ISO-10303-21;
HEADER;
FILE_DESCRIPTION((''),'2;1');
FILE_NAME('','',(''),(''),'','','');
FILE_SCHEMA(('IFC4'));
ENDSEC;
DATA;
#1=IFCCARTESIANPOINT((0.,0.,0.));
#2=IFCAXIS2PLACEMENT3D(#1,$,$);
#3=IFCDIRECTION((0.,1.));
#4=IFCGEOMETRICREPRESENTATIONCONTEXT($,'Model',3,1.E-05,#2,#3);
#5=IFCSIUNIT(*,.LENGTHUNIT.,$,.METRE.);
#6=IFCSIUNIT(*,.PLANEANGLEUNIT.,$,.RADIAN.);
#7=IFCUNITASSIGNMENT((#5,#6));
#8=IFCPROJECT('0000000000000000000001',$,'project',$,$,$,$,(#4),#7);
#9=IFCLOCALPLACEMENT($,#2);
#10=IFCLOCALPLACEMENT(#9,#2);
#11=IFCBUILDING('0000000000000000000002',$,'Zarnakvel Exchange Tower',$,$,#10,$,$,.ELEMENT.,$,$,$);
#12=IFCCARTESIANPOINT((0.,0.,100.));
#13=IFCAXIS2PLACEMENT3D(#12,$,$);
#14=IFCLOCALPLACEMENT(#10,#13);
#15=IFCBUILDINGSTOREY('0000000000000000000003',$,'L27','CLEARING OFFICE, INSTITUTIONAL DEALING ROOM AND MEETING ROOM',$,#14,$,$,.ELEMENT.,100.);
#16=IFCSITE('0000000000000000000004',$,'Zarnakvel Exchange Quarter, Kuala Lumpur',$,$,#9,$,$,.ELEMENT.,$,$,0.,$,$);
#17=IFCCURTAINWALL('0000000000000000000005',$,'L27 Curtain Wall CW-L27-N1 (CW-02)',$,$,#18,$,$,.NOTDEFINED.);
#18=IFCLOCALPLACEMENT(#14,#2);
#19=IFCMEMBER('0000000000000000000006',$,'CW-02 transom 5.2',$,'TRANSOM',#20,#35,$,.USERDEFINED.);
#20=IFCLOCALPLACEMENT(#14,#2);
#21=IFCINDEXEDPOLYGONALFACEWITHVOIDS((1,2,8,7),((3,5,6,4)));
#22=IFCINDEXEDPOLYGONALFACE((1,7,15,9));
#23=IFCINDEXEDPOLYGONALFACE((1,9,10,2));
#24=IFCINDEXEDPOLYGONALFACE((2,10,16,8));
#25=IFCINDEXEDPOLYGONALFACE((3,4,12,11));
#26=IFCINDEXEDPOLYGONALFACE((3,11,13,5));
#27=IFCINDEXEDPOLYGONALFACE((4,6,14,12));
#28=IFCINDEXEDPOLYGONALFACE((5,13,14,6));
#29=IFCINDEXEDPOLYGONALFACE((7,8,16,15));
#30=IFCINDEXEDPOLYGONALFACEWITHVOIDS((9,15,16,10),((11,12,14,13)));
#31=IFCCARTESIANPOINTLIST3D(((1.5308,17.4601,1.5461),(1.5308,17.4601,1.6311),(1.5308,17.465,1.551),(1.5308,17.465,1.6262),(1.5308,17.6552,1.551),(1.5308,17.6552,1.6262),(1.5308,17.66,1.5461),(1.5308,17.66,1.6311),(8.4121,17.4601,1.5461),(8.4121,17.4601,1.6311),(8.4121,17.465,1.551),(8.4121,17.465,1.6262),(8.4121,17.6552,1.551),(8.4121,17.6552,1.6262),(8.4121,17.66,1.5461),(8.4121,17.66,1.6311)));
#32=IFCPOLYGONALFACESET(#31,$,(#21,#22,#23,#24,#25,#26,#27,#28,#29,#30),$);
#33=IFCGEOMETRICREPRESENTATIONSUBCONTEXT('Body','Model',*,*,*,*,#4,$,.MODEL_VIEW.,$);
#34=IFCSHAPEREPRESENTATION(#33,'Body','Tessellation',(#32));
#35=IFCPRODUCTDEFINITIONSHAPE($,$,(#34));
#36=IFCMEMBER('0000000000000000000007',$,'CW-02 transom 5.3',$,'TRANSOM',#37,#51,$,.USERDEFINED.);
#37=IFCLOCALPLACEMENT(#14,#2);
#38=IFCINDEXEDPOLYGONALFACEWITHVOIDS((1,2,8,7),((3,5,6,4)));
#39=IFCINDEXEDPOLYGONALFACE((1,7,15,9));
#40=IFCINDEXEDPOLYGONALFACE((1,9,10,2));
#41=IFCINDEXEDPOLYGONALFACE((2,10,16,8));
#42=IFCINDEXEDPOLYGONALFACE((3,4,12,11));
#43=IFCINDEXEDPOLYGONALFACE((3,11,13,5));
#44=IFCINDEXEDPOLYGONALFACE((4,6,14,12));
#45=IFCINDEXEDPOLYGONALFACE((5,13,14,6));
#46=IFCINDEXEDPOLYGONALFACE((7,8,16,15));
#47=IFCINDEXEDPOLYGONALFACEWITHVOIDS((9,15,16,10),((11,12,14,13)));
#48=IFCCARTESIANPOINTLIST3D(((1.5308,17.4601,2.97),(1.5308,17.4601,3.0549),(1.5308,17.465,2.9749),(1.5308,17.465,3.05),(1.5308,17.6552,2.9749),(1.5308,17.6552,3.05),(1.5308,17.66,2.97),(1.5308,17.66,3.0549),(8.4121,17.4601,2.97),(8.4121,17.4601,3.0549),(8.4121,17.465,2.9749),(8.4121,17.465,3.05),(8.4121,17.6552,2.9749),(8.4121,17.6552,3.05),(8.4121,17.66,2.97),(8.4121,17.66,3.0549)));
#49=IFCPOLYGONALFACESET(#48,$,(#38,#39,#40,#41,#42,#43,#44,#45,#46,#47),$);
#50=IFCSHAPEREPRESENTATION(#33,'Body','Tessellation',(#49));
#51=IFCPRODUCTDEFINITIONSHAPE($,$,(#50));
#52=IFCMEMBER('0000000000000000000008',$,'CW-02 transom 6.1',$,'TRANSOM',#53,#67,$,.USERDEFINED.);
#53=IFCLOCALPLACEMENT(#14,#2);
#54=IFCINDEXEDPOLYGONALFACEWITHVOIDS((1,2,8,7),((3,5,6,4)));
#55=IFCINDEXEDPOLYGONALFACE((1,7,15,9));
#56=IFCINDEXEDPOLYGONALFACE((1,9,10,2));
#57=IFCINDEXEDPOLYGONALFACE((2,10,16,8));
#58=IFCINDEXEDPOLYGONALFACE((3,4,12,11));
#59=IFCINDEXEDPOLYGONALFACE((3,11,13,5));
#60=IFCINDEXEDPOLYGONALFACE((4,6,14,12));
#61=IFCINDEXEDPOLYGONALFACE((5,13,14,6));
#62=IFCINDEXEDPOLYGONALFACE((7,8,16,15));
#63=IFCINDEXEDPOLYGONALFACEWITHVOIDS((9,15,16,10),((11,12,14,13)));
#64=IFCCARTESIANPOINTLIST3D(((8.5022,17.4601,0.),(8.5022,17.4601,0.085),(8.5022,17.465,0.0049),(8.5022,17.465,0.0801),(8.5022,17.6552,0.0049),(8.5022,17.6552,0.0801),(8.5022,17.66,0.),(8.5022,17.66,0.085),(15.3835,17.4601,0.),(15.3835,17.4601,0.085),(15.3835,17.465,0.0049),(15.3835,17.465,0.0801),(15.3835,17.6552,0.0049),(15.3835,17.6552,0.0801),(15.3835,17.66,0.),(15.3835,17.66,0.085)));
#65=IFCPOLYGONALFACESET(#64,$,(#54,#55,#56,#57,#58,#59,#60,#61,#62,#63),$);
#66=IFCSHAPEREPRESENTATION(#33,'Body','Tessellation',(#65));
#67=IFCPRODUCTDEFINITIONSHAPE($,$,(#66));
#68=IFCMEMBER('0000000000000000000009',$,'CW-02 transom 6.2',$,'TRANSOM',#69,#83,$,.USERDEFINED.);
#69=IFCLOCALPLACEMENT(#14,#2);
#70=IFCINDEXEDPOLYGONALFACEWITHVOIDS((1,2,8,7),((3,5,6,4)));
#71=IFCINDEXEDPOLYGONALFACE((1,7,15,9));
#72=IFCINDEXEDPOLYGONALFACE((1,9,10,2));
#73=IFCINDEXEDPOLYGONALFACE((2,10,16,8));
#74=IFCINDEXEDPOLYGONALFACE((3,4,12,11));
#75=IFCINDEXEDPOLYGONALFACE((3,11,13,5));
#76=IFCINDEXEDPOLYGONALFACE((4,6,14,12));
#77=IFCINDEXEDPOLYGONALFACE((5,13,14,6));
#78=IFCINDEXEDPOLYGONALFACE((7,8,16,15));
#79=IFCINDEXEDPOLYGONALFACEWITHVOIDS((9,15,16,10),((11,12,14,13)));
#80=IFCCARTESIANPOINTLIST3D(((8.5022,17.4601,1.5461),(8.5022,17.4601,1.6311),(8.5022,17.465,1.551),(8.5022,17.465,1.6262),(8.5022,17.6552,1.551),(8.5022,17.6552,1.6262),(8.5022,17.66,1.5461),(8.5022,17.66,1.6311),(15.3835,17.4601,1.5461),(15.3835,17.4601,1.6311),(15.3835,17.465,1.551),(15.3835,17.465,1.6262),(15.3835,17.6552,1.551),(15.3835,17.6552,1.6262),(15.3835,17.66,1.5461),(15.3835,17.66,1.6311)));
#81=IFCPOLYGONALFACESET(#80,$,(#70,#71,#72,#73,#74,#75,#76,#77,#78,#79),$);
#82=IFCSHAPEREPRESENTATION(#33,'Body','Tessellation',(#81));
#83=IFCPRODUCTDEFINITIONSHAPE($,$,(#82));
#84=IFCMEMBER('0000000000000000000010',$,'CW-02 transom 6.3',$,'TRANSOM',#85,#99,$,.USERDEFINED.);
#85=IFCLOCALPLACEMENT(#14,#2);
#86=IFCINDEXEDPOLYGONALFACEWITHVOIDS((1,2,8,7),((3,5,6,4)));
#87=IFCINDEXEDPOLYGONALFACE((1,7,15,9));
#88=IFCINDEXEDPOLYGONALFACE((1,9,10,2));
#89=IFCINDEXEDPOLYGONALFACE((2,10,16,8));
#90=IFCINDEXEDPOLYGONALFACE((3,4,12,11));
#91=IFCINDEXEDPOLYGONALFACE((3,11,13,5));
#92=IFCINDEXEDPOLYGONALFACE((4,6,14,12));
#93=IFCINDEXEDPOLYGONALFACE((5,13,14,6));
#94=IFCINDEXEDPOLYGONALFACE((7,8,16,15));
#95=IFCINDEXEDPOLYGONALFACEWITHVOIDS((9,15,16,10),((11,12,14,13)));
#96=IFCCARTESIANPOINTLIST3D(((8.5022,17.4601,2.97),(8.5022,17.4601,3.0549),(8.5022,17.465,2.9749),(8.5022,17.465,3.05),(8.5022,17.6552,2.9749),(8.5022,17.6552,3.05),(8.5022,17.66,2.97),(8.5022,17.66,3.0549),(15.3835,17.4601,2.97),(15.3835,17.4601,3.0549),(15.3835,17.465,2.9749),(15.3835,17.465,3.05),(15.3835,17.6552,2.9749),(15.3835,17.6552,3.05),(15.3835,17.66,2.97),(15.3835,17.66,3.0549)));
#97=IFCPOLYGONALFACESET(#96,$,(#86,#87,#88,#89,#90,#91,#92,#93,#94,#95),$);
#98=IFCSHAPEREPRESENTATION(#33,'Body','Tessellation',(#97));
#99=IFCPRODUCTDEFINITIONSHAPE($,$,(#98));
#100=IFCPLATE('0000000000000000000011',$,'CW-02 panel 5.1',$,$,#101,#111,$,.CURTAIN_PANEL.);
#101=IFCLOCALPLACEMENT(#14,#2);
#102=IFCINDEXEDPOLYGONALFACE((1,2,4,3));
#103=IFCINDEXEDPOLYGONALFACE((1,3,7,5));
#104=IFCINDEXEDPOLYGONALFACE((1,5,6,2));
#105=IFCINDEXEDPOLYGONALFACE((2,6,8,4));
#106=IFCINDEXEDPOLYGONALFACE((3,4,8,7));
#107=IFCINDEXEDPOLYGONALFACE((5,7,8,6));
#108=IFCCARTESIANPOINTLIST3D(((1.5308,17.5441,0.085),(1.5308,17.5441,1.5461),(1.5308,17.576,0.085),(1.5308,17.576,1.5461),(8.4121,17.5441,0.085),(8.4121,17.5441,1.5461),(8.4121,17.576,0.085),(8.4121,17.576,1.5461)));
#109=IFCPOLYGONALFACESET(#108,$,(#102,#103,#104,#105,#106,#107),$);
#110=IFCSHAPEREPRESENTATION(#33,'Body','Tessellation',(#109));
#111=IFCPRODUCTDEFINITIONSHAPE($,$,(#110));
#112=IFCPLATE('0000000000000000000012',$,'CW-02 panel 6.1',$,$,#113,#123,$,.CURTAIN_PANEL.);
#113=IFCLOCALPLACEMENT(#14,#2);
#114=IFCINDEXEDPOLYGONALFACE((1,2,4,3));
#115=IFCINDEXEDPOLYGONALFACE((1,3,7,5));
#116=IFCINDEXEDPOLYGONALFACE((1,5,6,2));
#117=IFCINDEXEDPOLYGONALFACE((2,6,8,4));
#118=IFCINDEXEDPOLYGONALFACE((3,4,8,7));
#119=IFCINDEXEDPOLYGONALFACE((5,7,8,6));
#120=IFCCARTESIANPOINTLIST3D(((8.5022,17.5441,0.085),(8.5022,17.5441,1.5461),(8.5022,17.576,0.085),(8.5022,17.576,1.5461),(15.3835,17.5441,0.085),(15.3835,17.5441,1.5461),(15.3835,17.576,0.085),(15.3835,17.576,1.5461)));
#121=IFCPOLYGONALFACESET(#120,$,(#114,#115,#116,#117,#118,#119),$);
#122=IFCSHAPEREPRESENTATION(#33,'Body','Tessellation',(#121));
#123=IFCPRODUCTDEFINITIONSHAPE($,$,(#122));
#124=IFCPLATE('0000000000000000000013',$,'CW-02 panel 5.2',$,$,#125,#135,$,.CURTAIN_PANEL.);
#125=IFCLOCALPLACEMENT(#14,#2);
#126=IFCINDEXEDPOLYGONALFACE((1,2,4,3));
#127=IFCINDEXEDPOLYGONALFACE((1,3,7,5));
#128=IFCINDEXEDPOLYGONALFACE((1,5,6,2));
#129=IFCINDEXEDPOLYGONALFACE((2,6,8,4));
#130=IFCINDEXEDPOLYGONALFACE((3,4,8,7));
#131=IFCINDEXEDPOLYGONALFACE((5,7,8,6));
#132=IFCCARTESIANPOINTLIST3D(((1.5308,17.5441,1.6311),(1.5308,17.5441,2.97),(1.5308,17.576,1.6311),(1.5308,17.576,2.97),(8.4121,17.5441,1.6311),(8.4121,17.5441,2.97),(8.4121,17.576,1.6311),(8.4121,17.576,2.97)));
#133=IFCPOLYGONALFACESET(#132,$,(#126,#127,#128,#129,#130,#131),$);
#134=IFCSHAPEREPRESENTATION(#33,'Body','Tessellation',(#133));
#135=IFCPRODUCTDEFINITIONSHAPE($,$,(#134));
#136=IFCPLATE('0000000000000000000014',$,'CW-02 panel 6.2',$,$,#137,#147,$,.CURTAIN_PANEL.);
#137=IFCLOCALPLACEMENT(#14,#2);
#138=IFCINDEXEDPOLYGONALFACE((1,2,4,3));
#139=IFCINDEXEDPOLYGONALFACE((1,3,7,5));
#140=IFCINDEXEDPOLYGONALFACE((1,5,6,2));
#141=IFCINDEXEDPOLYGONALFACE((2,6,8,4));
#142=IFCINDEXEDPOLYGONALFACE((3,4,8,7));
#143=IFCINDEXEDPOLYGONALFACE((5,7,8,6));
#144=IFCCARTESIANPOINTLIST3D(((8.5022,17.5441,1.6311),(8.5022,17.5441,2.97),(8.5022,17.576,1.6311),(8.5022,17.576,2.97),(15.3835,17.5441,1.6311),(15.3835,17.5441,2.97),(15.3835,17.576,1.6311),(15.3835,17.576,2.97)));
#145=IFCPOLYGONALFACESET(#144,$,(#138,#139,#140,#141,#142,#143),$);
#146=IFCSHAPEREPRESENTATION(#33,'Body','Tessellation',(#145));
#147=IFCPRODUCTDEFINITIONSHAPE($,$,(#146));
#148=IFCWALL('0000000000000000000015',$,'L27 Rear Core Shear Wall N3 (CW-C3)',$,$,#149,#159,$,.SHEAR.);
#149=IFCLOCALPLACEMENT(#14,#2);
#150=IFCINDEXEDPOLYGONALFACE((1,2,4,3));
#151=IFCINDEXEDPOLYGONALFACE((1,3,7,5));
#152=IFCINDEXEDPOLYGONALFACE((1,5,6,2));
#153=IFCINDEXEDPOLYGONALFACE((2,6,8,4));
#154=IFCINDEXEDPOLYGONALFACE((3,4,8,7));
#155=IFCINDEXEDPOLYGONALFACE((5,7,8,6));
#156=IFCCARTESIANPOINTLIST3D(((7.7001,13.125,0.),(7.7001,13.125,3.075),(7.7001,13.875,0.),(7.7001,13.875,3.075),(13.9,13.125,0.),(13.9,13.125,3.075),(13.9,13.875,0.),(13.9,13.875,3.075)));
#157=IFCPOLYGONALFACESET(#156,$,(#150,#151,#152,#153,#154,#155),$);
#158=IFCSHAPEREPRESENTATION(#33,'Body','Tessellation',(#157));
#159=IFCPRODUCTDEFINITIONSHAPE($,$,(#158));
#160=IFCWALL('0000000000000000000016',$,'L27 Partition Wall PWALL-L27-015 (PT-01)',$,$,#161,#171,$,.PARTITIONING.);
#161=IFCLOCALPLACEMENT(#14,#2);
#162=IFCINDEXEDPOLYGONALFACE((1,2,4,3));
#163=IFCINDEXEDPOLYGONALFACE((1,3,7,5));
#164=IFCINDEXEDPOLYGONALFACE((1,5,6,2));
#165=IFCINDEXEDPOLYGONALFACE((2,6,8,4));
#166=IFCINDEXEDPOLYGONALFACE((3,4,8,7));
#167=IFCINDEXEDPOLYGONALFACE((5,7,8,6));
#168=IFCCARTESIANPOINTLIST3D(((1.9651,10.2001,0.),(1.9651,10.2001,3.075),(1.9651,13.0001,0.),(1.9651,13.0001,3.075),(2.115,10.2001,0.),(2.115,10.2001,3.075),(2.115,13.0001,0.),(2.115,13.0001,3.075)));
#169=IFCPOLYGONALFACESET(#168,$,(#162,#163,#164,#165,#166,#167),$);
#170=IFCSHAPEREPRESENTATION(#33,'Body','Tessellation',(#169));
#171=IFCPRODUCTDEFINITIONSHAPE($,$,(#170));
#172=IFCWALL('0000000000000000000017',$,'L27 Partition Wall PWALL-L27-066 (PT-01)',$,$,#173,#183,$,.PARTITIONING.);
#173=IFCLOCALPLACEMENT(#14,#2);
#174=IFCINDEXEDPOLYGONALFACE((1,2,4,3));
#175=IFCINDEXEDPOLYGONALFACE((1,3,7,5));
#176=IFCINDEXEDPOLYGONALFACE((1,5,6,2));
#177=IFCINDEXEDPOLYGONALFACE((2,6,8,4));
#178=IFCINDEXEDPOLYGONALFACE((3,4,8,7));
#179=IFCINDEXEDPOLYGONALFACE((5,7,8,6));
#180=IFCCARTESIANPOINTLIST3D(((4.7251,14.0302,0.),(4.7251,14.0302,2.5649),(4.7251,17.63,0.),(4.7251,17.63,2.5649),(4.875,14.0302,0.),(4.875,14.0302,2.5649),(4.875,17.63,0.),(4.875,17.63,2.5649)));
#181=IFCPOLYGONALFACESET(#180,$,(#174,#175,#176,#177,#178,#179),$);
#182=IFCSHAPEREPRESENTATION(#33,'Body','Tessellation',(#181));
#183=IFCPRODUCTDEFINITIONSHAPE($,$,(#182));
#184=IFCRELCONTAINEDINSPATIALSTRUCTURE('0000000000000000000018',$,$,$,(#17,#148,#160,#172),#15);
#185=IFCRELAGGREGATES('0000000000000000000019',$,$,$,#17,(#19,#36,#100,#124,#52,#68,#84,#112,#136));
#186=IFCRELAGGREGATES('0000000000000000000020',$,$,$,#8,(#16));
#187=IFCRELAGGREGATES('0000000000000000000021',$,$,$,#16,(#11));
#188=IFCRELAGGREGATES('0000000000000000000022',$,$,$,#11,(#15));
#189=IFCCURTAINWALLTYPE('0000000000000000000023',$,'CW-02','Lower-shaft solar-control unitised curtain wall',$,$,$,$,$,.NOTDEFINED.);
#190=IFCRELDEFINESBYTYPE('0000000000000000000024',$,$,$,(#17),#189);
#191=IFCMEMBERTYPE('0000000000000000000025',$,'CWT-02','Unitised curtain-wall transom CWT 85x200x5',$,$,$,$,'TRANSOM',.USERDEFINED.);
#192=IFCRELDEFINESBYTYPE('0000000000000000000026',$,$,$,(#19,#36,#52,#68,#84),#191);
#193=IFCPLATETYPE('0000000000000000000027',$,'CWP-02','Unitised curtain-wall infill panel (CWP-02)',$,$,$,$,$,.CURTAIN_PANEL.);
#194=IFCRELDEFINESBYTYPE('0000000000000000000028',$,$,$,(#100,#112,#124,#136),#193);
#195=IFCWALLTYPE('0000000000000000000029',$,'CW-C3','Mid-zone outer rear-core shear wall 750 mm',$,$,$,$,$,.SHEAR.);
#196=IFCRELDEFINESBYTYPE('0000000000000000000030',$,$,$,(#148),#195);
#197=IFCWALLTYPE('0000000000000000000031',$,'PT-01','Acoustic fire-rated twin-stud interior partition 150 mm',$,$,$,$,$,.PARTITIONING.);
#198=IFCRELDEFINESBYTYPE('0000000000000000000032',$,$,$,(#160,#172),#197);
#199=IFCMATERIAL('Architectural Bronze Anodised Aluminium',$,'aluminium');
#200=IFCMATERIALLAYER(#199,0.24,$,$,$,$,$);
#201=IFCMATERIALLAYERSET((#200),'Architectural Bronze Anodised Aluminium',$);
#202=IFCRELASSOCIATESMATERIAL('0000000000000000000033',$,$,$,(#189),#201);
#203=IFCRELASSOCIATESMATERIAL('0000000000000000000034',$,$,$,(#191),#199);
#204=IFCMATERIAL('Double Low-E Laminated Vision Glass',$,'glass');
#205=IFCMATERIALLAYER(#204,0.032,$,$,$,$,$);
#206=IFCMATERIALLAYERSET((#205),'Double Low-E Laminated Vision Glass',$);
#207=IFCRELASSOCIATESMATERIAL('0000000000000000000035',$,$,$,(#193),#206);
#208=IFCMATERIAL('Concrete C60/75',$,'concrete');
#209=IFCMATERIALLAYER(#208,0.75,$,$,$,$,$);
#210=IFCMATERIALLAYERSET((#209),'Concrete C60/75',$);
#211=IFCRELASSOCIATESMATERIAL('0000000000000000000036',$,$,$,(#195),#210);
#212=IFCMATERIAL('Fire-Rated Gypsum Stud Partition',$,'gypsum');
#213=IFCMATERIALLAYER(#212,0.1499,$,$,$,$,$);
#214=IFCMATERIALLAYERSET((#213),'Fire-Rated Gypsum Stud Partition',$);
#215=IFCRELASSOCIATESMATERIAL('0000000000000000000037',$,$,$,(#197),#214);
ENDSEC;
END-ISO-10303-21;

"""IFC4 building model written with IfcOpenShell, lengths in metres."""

from ifc_helpers import new_model, si_unit, direction, frame, frame_2d, origin, origin_2d, place, context, subcontext, project, spatial, rectangle, hollow_rectangle, extrude, source, transform, mapped, material, layer, layer_set, material_profile, profile_set, type_object, element, aggregate, save


model = new_model("IFC4")

# Units and contexts
model_context = context("Model", 3, precision=1e-05, world=origin(), true_north=direction((0.0, 1.0)))
body_context = subcontext(model_context, "Body", "Model", "MODEL_VIEW")
ifc_project = project(units=[si_unit("LENGTHUNIT", "METRE"), si_unit("PLANEANGLEUNIT", "RADIAN")], contexts=[model_context])

# Site, building, storey
site_placement = place(None, origin())
site = spatial("IfcSite", under=ifc_project, at=site_placement, Name="Zarnakvel Exchange Quarter, Kuala Lumpur", CompositionType="ELEMENT", RefElevation=0.0)
building_placement = place(site_placement, origin())
building = spatial("IfcBuilding", under=site, at=building_placement, Name="Zarnakvel Exchange Tower", CompositionType="ELEMENT")
storey_placement = place(building_placement, frame((0.0, 0.0, 100.0)))
storey = spatial("IfcBuildingStorey", under=building, at=storey_placement, Name="L27", Description="CLEARING OFFICE, INSTITUTIONAL DEALING ROOM AND MEETING ROOM", CompositionType="ELEMENT", Elevation=100.0)

# Shared definitions
ifc_material_1 = material(Name="Concrete C60/75", Category="concrete")

# Curtain wall, members, plates
ifc_material_2 = material(Name="Architectural Bronze Anodised Aluminium", Category="aluminium")
ifc_layer_1 = layer(ifc_material_2, 0.24)
ifc_layer_set_1 = layer_set([ifc_layer_1], Name="Architectural Bronze Anodised Aluminium")
curtain_wall_type = type_object("IfcCurtainWallType", Name="CW-02", Description="Lower-shaft solar-control unitised curtain wall", PredefinedType="NOTDEFINED", material=ifc_layer_set_1)
curtain_wall_placement = place(storey_placement, origin())
curtain_wall = element("IfcCurtainWall", 1, at=curtain_wall_placement, inside=storey, type_object=curtain_wall_type, Name="L27 Curtain Wall CW-L27-N1 (CW-02)", PredefinedType="NOTDEFINED")
ifc_material_profile_1 = material_profile(ifc_material_2, hollow_rectangle(XDim=0.2, YDim=0.085, WallThickness=0.0049, at=origin_2d()))
ifc_profile_set_1 = profile_set([ifc_material_profile_1], Name="Architectural Bronze Anodised Aluminium")
member_type_1 = type_object("IfcMemberType", Name="CWT-02", Description="Unitised curtain-wall transom CWT 85x200x5", ElementType="TRANSOM", PredefinedType="USERDEFINED", material=ifc_profile_set_1)
shared_shape_1 = source(origin(), body_context, "Body", "SweptSolid", [
    extrude(hollow_rectangle(XDim=0.2, YDim=0.085, WallThickness=0.0049, at=origin_2d()), origin(), (0.0, 0.0, 1.0), 6.8813),
])
member_1_placement = place(storey_placement, frame((1.5308, 17.5601, 1.5886), z_axis=(1.0, 0.0, 0.0), x_axis=(0.0, 1.0, 0.0)))
member_1 = element("IfcMember", 2, at=member_1_placement, type_object=member_type_1, Name="CW-02 transom 5.2", ObjectType="TRANSOM", PredefinedType="USERDEFINED", context=body_context, shape_type="MappedRepresentation", body=[
    mapped(shared_shape_1, transform((0.0, 0.0, 0.0), x_axis=(1.0, 0.0, 0.0), y_axis=(0.0, 1.0, 0.0), z_axis=(0.0, 0.0, 1.0), scale=1.0)),
])
member_2_placement = place(storey_placement, frame((1.5308, 17.5601, 3.0125), z_axis=(1.0, 0.0, 0.0), x_axis=(0.0, 1.0, 0.0)))
member_2 = element("IfcMember", 3, at=member_2_placement, type_object=member_type_1, Name="CW-02 transom 5.3", ObjectType="TRANSOM", PredefinedType="USERDEFINED", context=body_context, shape_type="MappedRepresentation", body=[
    mapped(shared_shape_1, transform((0.0, 0.0, 0.0), x_axis=(1.0, 0.0, 0.0), y_axis=(0.0, 1.0, 0.0), z_axis=(0.0, 0.0, 1.0), scale=1.0)),
])
member_3_placement = place(storey_placement, frame((8.5022, 17.5601, 0.0425), z_axis=(1.0, 0.0, 0.0), x_axis=(0.0, 1.0, 0.0)))
member_3 = element("IfcMember", 4, at=member_3_placement, type_object=member_type_1, Name="CW-02 transom 6.1", ObjectType="TRANSOM", PredefinedType="USERDEFINED", context=body_context, shape_type="MappedRepresentation", body=[
    mapped(shared_shape_1, transform((0.0, 0.0, 0.0), x_axis=(1.0, 0.0, 0.0), y_axis=(0.0, 1.0, 0.0), z_axis=(0.0, 0.0, 1.0), scale=1.0)),
])
member_4_placement = place(storey_placement, frame((8.5022, 17.5601, 1.5886), z_axis=(1.0, 0.0, 0.0), x_axis=(0.0, 1.0, 0.0)))
member_4 = element("IfcMember", 5, at=member_4_placement, type_object=member_type_1, Name="CW-02 transom 6.2", ObjectType="TRANSOM", PredefinedType="USERDEFINED", context=body_context, shape_type="MappedRepresentation", body=[
    mapped(shared_shape_1, transform((0.0, 0.0, 0.0), x_axis=(1.0, 0.0, 0.0), y_axis=(0.0, 1.0, 0.0), z_axis=(0.0, 0.0, 1.0), scale=1.0)),
])
member_5_placement = place(storey_placement, frame((8.5022, 17.5601, 3.0125), z_axis=(1.0, 0.0, 0.0), x_axis=(0.0, 1.0, 0.0)))
member_5 = element("IfcMember", 6, at=member_5_placement, type_object=member_type_1, Name="CW-02 transom 6.3", ObjectType="TRANSOM", PredefinedType="USERDEFINED", context=body_context, shape_type="MappedRepresentation", body=[
    mapped(shared_shape_1, transform((0.0, 0.0, 0.0), x_axis=(1.0, 0.0, 0.0), y_axis=(0.0, 1.0, 0.0), z_axis=(0.0, 0.0, 1.0), scale=1.0)),
])
ifc_material_3 = material(Name="Double Low-E Laminated Vision Glass", Category="glass")
ifc_layer_2 = layer(ifc_material_3, 0.032)
ifc_layer_set_2 = layer_set([ifc_layer_2], Name="Double Low-E Laminated Vision Glass")
plate_type = type_object("IfcPlateType", Name="CWP-02", Description="Unitised curtain-wall infill panel (CWP-02)", PredefinedType="CURTAIN_PANEL", material=ifc_layer_set_2)
shared_shape_2 = source(origin(), body_context, "Body", "SweptSolid", [
    extrude(rectangle(XDim=6.8813, YDim=0.032, at=origin_2d()), origin(), (0.0, 0.0, 1.0), 1.4612),
])
plate_1_placement = place(storey_placement, frame((4.9714, 17.5601, 0.085), z_axis=(0.0, 0.0, 1.0), x_axis=(1.0, 0.0, 0.0)))
plate_1 = element("IfcPlate", 7, at=plate_1_placement, type_object=plate_type, Name="CW-02 panel 5.1", PredefinedType="CURTAIN_PANEL", context=body_context, shape_type="MappedRepresentation", body=[
    mapped(shared_shape_2, transform((0.0, 0.0, 0.0), x_axis=(1.0, 0.0, 0.0), y_axis=(0.0, 1.0, 0.0), z_axis=(0.0, 0.0, 1.0), scale=1.0)),
])
plate_2_placement = place(storey_placement, frame((11.9429, 17.5601, 0.085), z_axis=(0.0, 0.0, 1.0), x_axis=(1.0, 0.0, 0.0)))
plate_2 = element("IfcPlate", 8, at=plate_2_placement, type_object=plate_type, Name="CW-02 panel 6.1", PredefinedType="CURTAIN_PANEL", context=body_context, shape_type="MappedRepresentation", body=[
    mapped(shared_shape_2, transform((0.0, 0.0, 0.0), x_axis=(1.0, 0.0, 0.0), y_axis=(0.0, 1.0, 0.0), z_axis=(0.0, 0.0, 1.0), scale=1.0)),
])
shared_shape_3 = source(origin(), body_context, "Body", "SweptSolid", [
    extrude(rectangle(XDim=6.8813, YDim=0.032, at=origin_2d()), origin(), (0.0, 0.0, 1.0), 1.3389),
])
plate_3_placement = place(storey_placement, frame((4.9714, 17.5601, 1.6311), z_axis=(0.0, 0.0, 1.0), x_axis=(1.0, 0.0, 0.0)))
plate_3 = element("IfcPlate", 9, at=plate_3_placement, type_object=plate_type, Name="CW-02 panel 5.2", PredefinedType="CURTAIN_PANEL", context=body_context, shape_type="MappedRepresentation", body=[
    mapped(shared_shape_3, transform((0.0, 0.0, 0.0), x_axis=(1.0, 0.0, 0.0), y_axis=(0.0, 1.0, 0.0), z_axis=(0.0, 0.0, 1.0), scale=1.0)),
])
plate_4_placement = place(storey_placement, frame((11.9429, 17.5601, 1.6311), z_axis=(0.0, 0.0, 1.0), x_axis=(1.0, 0.0, 0.0)))
plate_4 = element("IfcPlate", 10, at=plate_4_placement, type_object=plate_type, Name="CW-02 panel 6.2", PredefinedType="CURTAIN_PANEL", context=body_context, shape_type="MappedRepresentation", body=[
    mapped(shared_shape_3, transform((0.0, 0.0, 0.0), x_axis=(1.0, 0.0, 0.0), y_axis=(0.0, 1.0, 0.0), z_axis=(0.0, 0.0, 1.0), scale=1.0)),
])
aggregate(curtain_wall, [member_1, member_2, plate_1, plate_3, member_3, member_4, member_5, plate_2, plate_4])

# Wall
ifc_layer_3 = layer(ifc_material_1, 0.75)
ifc_layer_set_3 = layer_set([ifc_layer_3], Name="Concrete C60/75")
wall_type_1 = type_object("IfcWallType", Name="CW-C3", Description="Mid-zone outer rear-core shear wall 750 mm", PredefinedType="SHEAR", material=ifc_layer_set_3)
wall_1_placement = place(storey_placement, frame((7.7, 13.5, 0.0), z_axis=(0.0, 0.0, 1.0), x_axis=(1.0, 0.0, 0.0)))
element("IfcWall", 11, at=wall_1_placement, inside=storey, type_object=wall_type_1, Name="L27 Rear Core Shear Wall N3 (CW-C3)", PredefinedType="SHEAR", context=body_context, shape_type="SweptSolid", body=[
    extrude(rectangle(XDim=6.2, YDim=0.75, at=frame_2d((3.1001, 0.0))), origin(), (0.0, 0.0, 1.0), 3.075),
])

# Shared definitions
ifc_material_4 = material(Name="Fire-Rated Gypsum Stud Partition", Category="gypsum")
ifc_layer_4 = layer(ifc_material_4, 0.1499)
ifc_layer_set_4 = layer_set([ifc_layer_4], Name="Fire-Rated Gypsum Stud Partition")
wall_type_2 = type_object("IfcWallType", Name="PT-01", Description="Acoustic fire-rated twin-stud interior partition 150 mm", PredefinedType="PARTITIONING", material=ifc_layer_set_4)

# Walls
wall_2_placement = place(storey_placement, frame((2.04, 13.0, 0.0), z_axis=(0.0, 0.0, 1.0), x_axis=(0.0, -1.0, 0.0)))
element("IfcWall", 12, at=wall_2_placement, inside=storey, type_object=wall_type_2, Name="L27 Partition Wall PWALL-L27-015 (PT-01)", PredefinedType="PARTITIONING", context=body_context, shape_type="SweptSolid", body=[
    extrude(rectangle(XDim=2.8, YDim=0.1499, at=frame_2d((1.3999, 0.0))), origin(), (0.0, 0.0, 1.0), 3.075),
])
wall_3_placement = place(storey_placement, frame((4.8, 17.6299, 0.0), z_axis=(0.0, 0.0, 1.0), x_axis=(0.0, -1.0, 0.0)))
element("IfcWall", 13, at=wall_3_placement, inside=storey, type_object=wall_type_2, Name="L27 Partition Wall PWALL-L27-066 (PT-01)", PredefinedType="PARTITIONING", context=body_context, shape_type="SweptSolid", body=[
    extrude(rectangle(XDim=3.5999, YDim=0.1499, at=frame_2d((1.7998, 0.0))), origin(), (0.0, 0.0, 1.0), 2.5649),
])

save(model, "model.ifc")
